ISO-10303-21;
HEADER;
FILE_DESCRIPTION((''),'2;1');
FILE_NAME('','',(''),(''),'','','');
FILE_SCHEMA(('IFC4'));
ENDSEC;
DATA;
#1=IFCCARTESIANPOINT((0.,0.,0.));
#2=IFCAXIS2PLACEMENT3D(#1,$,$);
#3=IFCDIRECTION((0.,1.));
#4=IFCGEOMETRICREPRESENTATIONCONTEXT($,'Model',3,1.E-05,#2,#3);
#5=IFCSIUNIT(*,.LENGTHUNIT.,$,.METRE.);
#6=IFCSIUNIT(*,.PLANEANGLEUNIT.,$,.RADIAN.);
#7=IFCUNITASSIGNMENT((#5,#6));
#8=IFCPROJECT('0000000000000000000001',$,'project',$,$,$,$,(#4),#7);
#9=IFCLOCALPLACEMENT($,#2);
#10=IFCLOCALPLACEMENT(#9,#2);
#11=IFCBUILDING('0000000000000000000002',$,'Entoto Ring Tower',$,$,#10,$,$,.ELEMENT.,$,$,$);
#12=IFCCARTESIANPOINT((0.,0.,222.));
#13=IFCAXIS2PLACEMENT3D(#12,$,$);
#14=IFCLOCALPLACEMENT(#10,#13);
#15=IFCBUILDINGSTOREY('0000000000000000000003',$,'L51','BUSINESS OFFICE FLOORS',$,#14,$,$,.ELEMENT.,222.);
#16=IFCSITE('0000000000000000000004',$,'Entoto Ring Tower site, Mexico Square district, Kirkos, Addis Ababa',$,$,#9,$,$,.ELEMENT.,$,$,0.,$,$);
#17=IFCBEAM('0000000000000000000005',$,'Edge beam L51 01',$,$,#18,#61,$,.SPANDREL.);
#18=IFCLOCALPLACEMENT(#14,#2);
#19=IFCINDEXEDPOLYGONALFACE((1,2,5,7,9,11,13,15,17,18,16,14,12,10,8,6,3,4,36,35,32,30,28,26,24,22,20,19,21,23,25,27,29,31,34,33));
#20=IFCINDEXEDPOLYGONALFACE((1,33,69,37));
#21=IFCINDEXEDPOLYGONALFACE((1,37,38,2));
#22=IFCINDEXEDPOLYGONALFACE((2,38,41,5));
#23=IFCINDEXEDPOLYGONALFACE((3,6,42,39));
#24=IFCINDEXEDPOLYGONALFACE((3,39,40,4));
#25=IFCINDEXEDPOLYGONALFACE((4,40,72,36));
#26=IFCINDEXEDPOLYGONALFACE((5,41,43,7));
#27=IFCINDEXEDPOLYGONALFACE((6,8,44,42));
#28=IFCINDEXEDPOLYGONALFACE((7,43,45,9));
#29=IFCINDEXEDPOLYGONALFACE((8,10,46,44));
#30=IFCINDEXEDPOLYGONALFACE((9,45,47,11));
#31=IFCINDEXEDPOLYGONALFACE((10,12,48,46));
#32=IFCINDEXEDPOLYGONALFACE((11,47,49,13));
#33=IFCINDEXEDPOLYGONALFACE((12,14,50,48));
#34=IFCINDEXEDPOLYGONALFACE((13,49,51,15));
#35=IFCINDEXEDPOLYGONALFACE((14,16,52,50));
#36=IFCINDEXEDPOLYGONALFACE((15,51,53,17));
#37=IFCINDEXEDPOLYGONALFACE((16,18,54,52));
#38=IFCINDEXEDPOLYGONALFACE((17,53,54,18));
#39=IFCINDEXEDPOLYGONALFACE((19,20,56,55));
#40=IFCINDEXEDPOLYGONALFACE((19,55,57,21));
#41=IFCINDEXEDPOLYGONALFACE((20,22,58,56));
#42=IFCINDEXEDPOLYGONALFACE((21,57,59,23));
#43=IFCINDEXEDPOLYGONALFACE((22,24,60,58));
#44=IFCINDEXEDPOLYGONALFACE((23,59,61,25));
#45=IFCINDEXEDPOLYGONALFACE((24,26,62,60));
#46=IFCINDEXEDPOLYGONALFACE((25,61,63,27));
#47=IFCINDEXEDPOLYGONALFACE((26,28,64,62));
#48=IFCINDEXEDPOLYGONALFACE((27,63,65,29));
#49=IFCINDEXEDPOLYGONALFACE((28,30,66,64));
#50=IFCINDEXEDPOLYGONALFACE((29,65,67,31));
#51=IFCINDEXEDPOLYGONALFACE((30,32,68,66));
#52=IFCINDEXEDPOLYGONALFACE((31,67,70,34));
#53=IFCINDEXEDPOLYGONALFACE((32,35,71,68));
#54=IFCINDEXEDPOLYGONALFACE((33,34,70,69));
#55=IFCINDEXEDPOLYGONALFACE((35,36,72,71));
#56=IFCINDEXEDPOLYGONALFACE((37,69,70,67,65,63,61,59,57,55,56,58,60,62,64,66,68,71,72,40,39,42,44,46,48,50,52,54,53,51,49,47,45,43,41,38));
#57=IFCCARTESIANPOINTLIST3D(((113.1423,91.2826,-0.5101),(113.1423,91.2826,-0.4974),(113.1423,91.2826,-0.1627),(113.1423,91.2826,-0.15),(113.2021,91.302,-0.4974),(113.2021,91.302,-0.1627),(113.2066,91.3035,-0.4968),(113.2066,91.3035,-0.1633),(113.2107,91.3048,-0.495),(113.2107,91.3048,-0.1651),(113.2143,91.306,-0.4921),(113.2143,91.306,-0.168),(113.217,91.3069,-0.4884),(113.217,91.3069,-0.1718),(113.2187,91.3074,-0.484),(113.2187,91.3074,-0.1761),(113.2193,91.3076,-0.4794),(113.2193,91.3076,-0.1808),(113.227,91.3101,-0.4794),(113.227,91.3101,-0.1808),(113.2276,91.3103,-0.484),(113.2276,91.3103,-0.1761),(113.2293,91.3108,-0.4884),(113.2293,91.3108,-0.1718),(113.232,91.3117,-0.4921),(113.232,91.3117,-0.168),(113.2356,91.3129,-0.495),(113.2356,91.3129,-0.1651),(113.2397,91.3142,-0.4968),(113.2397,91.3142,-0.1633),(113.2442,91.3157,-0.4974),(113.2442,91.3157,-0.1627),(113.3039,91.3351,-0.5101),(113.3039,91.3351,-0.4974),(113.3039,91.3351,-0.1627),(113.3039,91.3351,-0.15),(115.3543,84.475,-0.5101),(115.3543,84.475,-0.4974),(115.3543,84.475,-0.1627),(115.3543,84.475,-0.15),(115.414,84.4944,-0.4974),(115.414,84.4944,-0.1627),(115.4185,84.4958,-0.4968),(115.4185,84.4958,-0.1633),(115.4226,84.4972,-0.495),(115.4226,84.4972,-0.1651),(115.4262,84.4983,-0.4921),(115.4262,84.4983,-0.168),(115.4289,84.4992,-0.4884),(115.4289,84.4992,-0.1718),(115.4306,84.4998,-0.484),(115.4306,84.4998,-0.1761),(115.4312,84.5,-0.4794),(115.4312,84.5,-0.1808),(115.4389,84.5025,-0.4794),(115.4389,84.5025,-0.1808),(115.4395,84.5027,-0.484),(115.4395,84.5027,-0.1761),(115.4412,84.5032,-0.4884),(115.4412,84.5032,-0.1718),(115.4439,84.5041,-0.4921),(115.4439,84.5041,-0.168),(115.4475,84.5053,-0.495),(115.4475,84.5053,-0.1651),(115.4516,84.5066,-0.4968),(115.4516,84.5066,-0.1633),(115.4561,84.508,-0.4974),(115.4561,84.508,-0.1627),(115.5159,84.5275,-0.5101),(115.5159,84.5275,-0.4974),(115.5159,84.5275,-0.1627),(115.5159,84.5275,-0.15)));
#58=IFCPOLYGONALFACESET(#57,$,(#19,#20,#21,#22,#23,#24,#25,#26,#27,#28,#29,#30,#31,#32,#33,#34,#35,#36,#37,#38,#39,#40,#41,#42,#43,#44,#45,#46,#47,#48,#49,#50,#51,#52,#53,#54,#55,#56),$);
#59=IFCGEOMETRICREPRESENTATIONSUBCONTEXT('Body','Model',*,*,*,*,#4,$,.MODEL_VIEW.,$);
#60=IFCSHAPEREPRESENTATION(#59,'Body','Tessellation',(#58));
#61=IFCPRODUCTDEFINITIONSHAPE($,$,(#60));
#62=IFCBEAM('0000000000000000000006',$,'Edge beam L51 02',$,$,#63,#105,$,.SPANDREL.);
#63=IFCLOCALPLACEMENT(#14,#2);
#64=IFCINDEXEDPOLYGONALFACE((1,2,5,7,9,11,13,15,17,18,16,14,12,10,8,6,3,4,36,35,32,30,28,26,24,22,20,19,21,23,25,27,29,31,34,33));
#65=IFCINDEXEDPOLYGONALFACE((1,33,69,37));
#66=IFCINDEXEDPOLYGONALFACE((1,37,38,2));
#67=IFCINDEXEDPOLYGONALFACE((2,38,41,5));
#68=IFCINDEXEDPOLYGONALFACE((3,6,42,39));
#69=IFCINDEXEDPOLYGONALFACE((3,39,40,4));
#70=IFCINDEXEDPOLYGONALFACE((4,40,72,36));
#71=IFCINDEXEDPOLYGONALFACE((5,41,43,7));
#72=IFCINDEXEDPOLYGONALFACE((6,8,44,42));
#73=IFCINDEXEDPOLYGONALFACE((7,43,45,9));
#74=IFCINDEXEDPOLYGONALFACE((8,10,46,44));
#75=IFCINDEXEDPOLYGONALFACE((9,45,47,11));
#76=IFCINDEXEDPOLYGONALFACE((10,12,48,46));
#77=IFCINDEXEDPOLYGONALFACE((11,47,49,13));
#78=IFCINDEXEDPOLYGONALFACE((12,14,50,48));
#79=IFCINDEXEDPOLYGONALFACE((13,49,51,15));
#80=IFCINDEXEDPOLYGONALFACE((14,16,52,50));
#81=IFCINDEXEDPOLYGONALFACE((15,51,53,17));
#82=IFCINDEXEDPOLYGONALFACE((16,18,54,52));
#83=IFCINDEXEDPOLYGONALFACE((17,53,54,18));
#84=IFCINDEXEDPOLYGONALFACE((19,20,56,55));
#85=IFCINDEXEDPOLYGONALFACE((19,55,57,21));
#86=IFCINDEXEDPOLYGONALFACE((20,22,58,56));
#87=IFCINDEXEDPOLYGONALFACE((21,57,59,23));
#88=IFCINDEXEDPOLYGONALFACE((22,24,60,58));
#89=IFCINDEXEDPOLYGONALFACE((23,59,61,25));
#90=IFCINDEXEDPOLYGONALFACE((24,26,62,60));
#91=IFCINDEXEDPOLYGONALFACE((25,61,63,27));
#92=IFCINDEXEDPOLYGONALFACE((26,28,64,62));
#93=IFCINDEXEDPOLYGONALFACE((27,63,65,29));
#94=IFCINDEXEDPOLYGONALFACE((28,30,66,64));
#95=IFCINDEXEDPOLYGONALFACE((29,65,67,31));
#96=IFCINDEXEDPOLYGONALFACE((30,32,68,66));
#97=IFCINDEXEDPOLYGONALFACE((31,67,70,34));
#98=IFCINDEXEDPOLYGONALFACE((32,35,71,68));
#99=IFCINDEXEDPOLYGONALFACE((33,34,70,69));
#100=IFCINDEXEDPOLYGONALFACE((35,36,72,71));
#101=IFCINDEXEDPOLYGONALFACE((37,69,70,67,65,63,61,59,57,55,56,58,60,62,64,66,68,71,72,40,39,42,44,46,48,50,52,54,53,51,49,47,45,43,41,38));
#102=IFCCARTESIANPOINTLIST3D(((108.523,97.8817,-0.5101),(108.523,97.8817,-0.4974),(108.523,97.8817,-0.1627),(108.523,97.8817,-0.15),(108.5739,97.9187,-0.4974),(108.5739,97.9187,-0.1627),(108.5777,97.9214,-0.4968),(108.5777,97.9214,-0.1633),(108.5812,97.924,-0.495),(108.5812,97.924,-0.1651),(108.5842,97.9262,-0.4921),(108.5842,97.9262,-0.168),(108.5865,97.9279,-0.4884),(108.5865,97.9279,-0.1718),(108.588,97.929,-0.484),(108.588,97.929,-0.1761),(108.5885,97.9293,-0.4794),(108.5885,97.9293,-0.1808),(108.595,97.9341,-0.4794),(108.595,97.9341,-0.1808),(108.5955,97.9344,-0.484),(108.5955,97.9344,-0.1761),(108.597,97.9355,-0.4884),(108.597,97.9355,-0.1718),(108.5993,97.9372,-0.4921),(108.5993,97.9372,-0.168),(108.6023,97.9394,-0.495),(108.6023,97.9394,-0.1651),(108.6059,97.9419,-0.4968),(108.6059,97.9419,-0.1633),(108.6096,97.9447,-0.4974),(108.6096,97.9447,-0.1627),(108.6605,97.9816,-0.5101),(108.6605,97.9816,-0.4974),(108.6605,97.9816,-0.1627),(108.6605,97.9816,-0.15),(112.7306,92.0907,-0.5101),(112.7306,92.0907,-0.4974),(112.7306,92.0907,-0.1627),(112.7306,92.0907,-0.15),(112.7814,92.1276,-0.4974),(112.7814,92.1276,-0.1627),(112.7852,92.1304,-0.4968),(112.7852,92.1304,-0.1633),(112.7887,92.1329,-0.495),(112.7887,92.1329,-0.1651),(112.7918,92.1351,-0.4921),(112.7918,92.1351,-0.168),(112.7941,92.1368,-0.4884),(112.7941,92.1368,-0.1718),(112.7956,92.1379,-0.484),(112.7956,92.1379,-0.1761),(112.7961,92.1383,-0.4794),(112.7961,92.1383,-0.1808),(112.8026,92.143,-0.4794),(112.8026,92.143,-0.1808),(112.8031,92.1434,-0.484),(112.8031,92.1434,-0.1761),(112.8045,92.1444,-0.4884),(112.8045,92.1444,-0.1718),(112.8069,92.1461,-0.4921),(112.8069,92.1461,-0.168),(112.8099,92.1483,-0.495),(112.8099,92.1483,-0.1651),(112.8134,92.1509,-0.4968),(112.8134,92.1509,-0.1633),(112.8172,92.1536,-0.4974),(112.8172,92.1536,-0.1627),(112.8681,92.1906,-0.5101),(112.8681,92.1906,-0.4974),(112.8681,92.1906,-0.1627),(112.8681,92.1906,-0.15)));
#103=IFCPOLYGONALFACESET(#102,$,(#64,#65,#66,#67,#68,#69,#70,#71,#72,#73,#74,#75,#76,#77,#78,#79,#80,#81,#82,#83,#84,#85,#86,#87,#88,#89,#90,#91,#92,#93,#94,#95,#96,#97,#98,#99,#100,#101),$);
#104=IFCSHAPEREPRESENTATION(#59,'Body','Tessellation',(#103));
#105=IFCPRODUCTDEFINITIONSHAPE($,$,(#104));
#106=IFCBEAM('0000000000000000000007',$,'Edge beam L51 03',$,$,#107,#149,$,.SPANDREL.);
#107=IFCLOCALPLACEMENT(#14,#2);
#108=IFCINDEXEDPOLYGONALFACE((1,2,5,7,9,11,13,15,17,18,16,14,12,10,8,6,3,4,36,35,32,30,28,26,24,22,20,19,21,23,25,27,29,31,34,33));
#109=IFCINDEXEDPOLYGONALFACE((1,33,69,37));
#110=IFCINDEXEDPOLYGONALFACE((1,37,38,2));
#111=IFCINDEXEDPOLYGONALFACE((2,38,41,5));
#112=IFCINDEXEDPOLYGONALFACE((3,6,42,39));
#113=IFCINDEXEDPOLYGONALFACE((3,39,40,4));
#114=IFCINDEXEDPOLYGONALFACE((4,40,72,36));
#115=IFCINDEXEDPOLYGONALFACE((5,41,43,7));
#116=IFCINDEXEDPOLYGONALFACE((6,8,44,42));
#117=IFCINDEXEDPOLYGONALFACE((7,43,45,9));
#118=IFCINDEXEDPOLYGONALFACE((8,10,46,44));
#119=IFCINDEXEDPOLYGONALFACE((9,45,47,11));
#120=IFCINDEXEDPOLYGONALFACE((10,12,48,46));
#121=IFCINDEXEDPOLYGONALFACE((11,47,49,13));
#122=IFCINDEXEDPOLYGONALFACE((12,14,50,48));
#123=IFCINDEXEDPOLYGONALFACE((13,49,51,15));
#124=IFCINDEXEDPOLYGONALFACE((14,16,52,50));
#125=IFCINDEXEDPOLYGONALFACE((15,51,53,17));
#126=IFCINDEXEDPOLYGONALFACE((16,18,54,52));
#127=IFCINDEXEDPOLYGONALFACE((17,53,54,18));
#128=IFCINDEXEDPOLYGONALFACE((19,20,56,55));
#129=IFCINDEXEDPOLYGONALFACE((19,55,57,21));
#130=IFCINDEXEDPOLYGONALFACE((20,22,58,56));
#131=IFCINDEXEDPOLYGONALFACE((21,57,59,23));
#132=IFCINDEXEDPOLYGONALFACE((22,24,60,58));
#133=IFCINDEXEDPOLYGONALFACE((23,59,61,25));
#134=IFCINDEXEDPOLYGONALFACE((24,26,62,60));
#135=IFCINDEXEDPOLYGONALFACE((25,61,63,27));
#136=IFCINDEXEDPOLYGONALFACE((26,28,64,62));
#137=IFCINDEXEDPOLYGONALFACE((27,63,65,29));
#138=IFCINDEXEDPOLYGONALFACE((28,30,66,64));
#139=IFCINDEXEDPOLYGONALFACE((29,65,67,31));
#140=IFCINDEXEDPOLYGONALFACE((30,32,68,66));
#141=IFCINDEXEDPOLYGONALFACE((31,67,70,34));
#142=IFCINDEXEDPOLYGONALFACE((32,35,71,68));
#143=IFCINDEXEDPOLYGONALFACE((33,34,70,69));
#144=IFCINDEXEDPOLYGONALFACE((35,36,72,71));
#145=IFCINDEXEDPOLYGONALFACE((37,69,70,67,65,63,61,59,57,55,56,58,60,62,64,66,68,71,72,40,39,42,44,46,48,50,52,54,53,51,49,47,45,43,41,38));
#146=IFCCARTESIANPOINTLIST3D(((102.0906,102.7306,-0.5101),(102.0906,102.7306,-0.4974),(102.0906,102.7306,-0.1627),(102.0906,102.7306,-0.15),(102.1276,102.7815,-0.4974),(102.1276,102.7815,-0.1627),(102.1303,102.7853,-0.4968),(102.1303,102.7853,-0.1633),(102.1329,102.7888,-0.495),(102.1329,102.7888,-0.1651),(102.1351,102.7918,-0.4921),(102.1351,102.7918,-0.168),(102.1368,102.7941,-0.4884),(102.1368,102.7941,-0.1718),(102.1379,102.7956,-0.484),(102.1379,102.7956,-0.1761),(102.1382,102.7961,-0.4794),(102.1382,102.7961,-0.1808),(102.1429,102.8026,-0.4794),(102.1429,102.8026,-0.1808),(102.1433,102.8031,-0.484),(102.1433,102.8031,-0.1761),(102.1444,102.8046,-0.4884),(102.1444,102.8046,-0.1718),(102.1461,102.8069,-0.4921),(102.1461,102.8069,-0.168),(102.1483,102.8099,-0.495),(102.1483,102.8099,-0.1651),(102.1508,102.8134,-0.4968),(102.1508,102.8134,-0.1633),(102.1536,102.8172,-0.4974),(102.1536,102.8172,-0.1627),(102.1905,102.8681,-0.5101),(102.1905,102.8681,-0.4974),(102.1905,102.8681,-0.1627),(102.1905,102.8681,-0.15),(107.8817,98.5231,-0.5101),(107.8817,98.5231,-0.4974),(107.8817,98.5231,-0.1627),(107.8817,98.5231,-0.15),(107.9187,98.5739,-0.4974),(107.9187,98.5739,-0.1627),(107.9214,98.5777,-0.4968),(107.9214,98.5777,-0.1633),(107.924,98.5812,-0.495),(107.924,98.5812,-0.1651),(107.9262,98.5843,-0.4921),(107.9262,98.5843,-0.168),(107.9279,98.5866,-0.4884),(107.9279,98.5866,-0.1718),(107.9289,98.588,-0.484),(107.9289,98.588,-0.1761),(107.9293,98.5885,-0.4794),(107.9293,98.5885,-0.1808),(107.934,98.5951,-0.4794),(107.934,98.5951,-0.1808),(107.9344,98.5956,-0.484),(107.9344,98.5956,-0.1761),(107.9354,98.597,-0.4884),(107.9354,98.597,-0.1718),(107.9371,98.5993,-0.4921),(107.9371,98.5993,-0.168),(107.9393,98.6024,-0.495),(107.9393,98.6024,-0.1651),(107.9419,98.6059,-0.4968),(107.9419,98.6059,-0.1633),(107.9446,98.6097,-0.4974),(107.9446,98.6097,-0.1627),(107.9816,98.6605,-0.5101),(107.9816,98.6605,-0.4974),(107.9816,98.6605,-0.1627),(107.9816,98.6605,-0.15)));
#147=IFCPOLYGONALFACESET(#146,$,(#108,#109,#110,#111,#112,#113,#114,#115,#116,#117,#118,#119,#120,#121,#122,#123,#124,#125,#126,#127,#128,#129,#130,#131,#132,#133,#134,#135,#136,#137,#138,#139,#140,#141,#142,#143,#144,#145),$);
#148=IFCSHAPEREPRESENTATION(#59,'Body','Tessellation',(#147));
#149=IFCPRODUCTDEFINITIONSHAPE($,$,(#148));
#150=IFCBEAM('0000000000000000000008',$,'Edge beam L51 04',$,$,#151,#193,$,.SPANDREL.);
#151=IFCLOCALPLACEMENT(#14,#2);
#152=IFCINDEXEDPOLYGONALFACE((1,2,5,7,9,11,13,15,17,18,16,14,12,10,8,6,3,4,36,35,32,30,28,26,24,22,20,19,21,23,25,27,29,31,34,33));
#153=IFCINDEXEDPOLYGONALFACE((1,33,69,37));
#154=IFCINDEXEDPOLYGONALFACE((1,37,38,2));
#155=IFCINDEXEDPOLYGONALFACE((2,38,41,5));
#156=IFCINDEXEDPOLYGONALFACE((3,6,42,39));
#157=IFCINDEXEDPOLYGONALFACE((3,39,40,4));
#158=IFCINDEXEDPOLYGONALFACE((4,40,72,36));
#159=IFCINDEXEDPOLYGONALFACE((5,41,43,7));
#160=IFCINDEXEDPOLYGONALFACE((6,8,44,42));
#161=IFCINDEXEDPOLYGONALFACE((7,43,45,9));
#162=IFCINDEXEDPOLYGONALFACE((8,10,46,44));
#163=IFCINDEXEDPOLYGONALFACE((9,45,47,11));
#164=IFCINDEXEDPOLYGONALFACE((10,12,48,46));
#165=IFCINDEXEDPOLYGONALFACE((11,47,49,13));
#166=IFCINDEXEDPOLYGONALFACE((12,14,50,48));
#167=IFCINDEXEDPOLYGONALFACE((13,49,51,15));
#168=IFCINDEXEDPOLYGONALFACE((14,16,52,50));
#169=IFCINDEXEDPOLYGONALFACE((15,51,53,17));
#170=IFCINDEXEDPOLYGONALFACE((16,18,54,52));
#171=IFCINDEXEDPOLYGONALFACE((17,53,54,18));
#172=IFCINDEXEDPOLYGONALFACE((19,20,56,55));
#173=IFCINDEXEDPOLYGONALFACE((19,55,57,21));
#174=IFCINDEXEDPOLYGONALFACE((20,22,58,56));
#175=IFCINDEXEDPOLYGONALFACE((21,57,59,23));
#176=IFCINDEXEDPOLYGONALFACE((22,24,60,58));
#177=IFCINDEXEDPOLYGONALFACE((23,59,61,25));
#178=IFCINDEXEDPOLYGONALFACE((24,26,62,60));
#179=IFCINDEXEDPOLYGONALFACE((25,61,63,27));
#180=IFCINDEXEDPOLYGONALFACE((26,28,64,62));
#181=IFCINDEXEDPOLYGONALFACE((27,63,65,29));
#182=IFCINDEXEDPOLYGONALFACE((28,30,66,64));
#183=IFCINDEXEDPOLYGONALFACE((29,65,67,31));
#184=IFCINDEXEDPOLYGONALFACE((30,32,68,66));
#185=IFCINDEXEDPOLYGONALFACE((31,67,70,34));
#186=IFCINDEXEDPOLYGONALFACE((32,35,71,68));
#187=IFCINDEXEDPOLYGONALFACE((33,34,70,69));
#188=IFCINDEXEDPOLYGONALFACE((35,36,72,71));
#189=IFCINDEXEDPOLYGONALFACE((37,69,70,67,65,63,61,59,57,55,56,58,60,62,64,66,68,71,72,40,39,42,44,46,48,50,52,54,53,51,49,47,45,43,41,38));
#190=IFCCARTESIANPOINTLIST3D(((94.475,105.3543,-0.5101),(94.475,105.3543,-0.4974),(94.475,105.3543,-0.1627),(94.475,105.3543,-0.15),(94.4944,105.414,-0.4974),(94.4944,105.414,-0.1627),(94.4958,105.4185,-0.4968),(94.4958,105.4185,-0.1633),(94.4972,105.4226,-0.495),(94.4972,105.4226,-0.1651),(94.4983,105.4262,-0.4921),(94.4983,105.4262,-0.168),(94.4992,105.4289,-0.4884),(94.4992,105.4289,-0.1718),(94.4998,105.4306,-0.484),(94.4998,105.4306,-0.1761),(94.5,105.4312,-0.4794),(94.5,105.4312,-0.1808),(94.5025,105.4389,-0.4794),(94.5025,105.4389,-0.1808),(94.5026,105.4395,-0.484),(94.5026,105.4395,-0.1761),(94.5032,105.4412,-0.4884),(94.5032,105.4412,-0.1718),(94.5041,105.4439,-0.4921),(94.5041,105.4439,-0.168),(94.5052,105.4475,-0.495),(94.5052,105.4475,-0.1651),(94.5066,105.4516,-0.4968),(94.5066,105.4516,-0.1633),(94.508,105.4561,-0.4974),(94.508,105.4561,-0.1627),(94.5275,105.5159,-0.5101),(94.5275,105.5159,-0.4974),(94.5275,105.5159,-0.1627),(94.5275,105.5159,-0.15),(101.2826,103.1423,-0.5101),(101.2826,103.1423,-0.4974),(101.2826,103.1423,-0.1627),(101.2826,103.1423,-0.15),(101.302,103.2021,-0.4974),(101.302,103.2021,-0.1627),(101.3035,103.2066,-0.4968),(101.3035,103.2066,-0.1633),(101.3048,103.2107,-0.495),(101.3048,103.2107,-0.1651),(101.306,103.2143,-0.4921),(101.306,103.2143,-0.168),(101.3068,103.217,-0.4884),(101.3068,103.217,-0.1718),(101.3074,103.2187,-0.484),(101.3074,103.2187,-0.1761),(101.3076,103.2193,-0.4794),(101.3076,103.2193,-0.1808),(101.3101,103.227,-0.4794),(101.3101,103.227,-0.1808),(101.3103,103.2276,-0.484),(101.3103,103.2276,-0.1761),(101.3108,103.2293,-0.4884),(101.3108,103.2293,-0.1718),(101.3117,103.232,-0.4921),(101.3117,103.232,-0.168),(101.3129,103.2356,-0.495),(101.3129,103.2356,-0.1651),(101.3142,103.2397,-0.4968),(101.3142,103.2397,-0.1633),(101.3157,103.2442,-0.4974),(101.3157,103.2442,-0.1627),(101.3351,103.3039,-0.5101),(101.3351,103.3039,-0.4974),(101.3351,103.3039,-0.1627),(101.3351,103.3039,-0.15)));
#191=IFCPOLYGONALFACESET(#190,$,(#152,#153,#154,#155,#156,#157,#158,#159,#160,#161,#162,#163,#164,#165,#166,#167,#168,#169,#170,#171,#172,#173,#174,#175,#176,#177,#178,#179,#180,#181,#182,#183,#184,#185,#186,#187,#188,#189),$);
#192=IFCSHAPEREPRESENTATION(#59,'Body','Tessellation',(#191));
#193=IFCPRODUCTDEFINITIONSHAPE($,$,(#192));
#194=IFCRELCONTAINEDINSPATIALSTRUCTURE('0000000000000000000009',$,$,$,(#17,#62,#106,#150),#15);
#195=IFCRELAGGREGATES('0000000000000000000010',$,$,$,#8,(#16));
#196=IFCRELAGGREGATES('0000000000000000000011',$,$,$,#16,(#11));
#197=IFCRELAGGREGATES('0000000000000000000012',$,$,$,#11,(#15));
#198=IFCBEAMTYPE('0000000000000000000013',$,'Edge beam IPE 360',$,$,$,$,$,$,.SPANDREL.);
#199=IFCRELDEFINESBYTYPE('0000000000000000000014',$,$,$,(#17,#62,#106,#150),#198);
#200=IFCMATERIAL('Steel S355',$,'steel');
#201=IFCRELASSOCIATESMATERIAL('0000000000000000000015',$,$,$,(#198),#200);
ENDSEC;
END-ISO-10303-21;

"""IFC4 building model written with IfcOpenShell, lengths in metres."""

from ifc_helpers import new_model, si_unit, direction, frame, origin, origin_2d, place, context, subcontext, project, spatial, i_section, extrude, material, material_profile, profile_set, type_object, element, save


model = new_model("IFC4")

# Units and contexts
model_context = context("Model", 3, precision=1e-05, world=origin(), true_north=direction((0.0, 1.0)))
body_context = subcontext(model_context, "Body", "Model", "MODEL_VIEW")
ifc_project = project(units=[si_unit("LENGTHUNIT", "METRE"), si_unit("PLANEANGLEUNIT", "RADIAN")], contexts=[model_context])

# Site, building, storey
site_placement = place(None, origin())
site = spatial("IfcSite", under=ifc_project, at=site_placement, Name="Entoto Ring Tower site, Mexico Square district, Kirkos, Addis Ababa", CompositionType="ELEMENT", RefElevation=0.0)
building_placement = place(site_placement, origin())
building = spatial("IfcBuilding", under=site, at=building_placement, Name="Entoto Ring Tower", CompositionType="ELEMENT")
storey_placement = place(building_placement, frame((0.0, 0.0, 222.0)))
storey = spatial("IfcBuildingStorey", under=building, at=storey_placement, Name="L51", Description="BUSINESS OFFICE FLOORS", CompositionType="ELEMENT", Elevation=222.0)

# Beams
ifc_material_1 = material(Name="Steel S355", Category="steel")
ifc_material_profile_1 = material_profile(ifc_material_1, i_section(OverallWidth=0.1699, OverallDepth=0.3601, WebThickness=0.0081, FlangeThickness=0.0127, FilletRadius=0.0181, at=origin_2d()), Name="IPE 360")
ifc_profile_set_1 = profile_set([ifc_material_profile_1], Name="Steel S355")
beam_type_1 = type_object("IfcBeamType", Name="Edge beam IPE 360", PredefinedType="SPANDREL", material=ifc_profile_set_1)
beam_1_placement = place(storey_placement, frame((115.4351, 84.5012, -0.3301), z_axis=(-0.309015, 0.951057, 0.0), x_axis=(-0.951057, -0.309015, 0.0)))
element("IfcBeam", 1, at=beam_1_placement, inside=storey, type_object=beam_type_1, Name="Edge beam L51 01", PredefinedType="SPANDREL", context=body_context, shape_type="SweptSolid", body=[
    extrude(i_section(OverallWidth=0.1699, OverallDepth=0.3601, WebThickness=0.0081, FlangeThickness=0.0127, FilletRadius=0.0181, at=origin_2d()), origin(), (0.0, 0.0, 1.0), 7.158),
])
for number, where, z_axis, x_axis, name in (
    (2, (112.7993, 92.1406, -0.3301), (-0.587794, 0.80901, 0.0), (-0.80901, -0.587794, 0.0), "Edge beam L51 02"),
    (3, (107.9316, 98.5918, -0.3301), (-0.80901, 0.587794, 0.0), (-0.587794, -0.80901, 0.0), "Edge beam L51 03"),
):
    element("IfcBeam", number, at=place(storey_placement, frame(where, z_axis=z_axis, x_axis=x_axis)), inside=storey, type_object=beam_type_1, Name=name, PredefinedType="SPANDREL", context=body_context, shape_type="SweptSolid", body=[
        extrude(i_section(OverallWidth=0.1699, OverallDepth=0.3601, WebThickness=0.0081, FlangeThickness=0.0127, FilletRadius=0.0181, at=origin_2d()), origin(), (0.0, 0.0, 1.0), 7.1582),
    ])
beam_2_placement = place(storey_placement, frame((101.3088, 103.2231, -0.3301), z_axis=(-0.951057, 0.309015, 0.0), x_axis=(-0.309015, -0.951057, 0.0)))
element("IfcBeam", 4, at=beam_2_placement, inside=storey, type_object=beam_type_1, Name="Edge beam L51 04", PredefinedType="SPANDREL", context=body_context, shape_type="SweptSolid", body=[
    extrude(i_section(OverallWidth=0.1699, OverallDepth=0.3601, WebThickness=0.0081, FlangeThickness=0.0127, FilletRadius=0.0181, at=origin_2d()), origin(), (0.0, 0.0, 1.0), 7.158),
])

save(model, "model.ifc")
